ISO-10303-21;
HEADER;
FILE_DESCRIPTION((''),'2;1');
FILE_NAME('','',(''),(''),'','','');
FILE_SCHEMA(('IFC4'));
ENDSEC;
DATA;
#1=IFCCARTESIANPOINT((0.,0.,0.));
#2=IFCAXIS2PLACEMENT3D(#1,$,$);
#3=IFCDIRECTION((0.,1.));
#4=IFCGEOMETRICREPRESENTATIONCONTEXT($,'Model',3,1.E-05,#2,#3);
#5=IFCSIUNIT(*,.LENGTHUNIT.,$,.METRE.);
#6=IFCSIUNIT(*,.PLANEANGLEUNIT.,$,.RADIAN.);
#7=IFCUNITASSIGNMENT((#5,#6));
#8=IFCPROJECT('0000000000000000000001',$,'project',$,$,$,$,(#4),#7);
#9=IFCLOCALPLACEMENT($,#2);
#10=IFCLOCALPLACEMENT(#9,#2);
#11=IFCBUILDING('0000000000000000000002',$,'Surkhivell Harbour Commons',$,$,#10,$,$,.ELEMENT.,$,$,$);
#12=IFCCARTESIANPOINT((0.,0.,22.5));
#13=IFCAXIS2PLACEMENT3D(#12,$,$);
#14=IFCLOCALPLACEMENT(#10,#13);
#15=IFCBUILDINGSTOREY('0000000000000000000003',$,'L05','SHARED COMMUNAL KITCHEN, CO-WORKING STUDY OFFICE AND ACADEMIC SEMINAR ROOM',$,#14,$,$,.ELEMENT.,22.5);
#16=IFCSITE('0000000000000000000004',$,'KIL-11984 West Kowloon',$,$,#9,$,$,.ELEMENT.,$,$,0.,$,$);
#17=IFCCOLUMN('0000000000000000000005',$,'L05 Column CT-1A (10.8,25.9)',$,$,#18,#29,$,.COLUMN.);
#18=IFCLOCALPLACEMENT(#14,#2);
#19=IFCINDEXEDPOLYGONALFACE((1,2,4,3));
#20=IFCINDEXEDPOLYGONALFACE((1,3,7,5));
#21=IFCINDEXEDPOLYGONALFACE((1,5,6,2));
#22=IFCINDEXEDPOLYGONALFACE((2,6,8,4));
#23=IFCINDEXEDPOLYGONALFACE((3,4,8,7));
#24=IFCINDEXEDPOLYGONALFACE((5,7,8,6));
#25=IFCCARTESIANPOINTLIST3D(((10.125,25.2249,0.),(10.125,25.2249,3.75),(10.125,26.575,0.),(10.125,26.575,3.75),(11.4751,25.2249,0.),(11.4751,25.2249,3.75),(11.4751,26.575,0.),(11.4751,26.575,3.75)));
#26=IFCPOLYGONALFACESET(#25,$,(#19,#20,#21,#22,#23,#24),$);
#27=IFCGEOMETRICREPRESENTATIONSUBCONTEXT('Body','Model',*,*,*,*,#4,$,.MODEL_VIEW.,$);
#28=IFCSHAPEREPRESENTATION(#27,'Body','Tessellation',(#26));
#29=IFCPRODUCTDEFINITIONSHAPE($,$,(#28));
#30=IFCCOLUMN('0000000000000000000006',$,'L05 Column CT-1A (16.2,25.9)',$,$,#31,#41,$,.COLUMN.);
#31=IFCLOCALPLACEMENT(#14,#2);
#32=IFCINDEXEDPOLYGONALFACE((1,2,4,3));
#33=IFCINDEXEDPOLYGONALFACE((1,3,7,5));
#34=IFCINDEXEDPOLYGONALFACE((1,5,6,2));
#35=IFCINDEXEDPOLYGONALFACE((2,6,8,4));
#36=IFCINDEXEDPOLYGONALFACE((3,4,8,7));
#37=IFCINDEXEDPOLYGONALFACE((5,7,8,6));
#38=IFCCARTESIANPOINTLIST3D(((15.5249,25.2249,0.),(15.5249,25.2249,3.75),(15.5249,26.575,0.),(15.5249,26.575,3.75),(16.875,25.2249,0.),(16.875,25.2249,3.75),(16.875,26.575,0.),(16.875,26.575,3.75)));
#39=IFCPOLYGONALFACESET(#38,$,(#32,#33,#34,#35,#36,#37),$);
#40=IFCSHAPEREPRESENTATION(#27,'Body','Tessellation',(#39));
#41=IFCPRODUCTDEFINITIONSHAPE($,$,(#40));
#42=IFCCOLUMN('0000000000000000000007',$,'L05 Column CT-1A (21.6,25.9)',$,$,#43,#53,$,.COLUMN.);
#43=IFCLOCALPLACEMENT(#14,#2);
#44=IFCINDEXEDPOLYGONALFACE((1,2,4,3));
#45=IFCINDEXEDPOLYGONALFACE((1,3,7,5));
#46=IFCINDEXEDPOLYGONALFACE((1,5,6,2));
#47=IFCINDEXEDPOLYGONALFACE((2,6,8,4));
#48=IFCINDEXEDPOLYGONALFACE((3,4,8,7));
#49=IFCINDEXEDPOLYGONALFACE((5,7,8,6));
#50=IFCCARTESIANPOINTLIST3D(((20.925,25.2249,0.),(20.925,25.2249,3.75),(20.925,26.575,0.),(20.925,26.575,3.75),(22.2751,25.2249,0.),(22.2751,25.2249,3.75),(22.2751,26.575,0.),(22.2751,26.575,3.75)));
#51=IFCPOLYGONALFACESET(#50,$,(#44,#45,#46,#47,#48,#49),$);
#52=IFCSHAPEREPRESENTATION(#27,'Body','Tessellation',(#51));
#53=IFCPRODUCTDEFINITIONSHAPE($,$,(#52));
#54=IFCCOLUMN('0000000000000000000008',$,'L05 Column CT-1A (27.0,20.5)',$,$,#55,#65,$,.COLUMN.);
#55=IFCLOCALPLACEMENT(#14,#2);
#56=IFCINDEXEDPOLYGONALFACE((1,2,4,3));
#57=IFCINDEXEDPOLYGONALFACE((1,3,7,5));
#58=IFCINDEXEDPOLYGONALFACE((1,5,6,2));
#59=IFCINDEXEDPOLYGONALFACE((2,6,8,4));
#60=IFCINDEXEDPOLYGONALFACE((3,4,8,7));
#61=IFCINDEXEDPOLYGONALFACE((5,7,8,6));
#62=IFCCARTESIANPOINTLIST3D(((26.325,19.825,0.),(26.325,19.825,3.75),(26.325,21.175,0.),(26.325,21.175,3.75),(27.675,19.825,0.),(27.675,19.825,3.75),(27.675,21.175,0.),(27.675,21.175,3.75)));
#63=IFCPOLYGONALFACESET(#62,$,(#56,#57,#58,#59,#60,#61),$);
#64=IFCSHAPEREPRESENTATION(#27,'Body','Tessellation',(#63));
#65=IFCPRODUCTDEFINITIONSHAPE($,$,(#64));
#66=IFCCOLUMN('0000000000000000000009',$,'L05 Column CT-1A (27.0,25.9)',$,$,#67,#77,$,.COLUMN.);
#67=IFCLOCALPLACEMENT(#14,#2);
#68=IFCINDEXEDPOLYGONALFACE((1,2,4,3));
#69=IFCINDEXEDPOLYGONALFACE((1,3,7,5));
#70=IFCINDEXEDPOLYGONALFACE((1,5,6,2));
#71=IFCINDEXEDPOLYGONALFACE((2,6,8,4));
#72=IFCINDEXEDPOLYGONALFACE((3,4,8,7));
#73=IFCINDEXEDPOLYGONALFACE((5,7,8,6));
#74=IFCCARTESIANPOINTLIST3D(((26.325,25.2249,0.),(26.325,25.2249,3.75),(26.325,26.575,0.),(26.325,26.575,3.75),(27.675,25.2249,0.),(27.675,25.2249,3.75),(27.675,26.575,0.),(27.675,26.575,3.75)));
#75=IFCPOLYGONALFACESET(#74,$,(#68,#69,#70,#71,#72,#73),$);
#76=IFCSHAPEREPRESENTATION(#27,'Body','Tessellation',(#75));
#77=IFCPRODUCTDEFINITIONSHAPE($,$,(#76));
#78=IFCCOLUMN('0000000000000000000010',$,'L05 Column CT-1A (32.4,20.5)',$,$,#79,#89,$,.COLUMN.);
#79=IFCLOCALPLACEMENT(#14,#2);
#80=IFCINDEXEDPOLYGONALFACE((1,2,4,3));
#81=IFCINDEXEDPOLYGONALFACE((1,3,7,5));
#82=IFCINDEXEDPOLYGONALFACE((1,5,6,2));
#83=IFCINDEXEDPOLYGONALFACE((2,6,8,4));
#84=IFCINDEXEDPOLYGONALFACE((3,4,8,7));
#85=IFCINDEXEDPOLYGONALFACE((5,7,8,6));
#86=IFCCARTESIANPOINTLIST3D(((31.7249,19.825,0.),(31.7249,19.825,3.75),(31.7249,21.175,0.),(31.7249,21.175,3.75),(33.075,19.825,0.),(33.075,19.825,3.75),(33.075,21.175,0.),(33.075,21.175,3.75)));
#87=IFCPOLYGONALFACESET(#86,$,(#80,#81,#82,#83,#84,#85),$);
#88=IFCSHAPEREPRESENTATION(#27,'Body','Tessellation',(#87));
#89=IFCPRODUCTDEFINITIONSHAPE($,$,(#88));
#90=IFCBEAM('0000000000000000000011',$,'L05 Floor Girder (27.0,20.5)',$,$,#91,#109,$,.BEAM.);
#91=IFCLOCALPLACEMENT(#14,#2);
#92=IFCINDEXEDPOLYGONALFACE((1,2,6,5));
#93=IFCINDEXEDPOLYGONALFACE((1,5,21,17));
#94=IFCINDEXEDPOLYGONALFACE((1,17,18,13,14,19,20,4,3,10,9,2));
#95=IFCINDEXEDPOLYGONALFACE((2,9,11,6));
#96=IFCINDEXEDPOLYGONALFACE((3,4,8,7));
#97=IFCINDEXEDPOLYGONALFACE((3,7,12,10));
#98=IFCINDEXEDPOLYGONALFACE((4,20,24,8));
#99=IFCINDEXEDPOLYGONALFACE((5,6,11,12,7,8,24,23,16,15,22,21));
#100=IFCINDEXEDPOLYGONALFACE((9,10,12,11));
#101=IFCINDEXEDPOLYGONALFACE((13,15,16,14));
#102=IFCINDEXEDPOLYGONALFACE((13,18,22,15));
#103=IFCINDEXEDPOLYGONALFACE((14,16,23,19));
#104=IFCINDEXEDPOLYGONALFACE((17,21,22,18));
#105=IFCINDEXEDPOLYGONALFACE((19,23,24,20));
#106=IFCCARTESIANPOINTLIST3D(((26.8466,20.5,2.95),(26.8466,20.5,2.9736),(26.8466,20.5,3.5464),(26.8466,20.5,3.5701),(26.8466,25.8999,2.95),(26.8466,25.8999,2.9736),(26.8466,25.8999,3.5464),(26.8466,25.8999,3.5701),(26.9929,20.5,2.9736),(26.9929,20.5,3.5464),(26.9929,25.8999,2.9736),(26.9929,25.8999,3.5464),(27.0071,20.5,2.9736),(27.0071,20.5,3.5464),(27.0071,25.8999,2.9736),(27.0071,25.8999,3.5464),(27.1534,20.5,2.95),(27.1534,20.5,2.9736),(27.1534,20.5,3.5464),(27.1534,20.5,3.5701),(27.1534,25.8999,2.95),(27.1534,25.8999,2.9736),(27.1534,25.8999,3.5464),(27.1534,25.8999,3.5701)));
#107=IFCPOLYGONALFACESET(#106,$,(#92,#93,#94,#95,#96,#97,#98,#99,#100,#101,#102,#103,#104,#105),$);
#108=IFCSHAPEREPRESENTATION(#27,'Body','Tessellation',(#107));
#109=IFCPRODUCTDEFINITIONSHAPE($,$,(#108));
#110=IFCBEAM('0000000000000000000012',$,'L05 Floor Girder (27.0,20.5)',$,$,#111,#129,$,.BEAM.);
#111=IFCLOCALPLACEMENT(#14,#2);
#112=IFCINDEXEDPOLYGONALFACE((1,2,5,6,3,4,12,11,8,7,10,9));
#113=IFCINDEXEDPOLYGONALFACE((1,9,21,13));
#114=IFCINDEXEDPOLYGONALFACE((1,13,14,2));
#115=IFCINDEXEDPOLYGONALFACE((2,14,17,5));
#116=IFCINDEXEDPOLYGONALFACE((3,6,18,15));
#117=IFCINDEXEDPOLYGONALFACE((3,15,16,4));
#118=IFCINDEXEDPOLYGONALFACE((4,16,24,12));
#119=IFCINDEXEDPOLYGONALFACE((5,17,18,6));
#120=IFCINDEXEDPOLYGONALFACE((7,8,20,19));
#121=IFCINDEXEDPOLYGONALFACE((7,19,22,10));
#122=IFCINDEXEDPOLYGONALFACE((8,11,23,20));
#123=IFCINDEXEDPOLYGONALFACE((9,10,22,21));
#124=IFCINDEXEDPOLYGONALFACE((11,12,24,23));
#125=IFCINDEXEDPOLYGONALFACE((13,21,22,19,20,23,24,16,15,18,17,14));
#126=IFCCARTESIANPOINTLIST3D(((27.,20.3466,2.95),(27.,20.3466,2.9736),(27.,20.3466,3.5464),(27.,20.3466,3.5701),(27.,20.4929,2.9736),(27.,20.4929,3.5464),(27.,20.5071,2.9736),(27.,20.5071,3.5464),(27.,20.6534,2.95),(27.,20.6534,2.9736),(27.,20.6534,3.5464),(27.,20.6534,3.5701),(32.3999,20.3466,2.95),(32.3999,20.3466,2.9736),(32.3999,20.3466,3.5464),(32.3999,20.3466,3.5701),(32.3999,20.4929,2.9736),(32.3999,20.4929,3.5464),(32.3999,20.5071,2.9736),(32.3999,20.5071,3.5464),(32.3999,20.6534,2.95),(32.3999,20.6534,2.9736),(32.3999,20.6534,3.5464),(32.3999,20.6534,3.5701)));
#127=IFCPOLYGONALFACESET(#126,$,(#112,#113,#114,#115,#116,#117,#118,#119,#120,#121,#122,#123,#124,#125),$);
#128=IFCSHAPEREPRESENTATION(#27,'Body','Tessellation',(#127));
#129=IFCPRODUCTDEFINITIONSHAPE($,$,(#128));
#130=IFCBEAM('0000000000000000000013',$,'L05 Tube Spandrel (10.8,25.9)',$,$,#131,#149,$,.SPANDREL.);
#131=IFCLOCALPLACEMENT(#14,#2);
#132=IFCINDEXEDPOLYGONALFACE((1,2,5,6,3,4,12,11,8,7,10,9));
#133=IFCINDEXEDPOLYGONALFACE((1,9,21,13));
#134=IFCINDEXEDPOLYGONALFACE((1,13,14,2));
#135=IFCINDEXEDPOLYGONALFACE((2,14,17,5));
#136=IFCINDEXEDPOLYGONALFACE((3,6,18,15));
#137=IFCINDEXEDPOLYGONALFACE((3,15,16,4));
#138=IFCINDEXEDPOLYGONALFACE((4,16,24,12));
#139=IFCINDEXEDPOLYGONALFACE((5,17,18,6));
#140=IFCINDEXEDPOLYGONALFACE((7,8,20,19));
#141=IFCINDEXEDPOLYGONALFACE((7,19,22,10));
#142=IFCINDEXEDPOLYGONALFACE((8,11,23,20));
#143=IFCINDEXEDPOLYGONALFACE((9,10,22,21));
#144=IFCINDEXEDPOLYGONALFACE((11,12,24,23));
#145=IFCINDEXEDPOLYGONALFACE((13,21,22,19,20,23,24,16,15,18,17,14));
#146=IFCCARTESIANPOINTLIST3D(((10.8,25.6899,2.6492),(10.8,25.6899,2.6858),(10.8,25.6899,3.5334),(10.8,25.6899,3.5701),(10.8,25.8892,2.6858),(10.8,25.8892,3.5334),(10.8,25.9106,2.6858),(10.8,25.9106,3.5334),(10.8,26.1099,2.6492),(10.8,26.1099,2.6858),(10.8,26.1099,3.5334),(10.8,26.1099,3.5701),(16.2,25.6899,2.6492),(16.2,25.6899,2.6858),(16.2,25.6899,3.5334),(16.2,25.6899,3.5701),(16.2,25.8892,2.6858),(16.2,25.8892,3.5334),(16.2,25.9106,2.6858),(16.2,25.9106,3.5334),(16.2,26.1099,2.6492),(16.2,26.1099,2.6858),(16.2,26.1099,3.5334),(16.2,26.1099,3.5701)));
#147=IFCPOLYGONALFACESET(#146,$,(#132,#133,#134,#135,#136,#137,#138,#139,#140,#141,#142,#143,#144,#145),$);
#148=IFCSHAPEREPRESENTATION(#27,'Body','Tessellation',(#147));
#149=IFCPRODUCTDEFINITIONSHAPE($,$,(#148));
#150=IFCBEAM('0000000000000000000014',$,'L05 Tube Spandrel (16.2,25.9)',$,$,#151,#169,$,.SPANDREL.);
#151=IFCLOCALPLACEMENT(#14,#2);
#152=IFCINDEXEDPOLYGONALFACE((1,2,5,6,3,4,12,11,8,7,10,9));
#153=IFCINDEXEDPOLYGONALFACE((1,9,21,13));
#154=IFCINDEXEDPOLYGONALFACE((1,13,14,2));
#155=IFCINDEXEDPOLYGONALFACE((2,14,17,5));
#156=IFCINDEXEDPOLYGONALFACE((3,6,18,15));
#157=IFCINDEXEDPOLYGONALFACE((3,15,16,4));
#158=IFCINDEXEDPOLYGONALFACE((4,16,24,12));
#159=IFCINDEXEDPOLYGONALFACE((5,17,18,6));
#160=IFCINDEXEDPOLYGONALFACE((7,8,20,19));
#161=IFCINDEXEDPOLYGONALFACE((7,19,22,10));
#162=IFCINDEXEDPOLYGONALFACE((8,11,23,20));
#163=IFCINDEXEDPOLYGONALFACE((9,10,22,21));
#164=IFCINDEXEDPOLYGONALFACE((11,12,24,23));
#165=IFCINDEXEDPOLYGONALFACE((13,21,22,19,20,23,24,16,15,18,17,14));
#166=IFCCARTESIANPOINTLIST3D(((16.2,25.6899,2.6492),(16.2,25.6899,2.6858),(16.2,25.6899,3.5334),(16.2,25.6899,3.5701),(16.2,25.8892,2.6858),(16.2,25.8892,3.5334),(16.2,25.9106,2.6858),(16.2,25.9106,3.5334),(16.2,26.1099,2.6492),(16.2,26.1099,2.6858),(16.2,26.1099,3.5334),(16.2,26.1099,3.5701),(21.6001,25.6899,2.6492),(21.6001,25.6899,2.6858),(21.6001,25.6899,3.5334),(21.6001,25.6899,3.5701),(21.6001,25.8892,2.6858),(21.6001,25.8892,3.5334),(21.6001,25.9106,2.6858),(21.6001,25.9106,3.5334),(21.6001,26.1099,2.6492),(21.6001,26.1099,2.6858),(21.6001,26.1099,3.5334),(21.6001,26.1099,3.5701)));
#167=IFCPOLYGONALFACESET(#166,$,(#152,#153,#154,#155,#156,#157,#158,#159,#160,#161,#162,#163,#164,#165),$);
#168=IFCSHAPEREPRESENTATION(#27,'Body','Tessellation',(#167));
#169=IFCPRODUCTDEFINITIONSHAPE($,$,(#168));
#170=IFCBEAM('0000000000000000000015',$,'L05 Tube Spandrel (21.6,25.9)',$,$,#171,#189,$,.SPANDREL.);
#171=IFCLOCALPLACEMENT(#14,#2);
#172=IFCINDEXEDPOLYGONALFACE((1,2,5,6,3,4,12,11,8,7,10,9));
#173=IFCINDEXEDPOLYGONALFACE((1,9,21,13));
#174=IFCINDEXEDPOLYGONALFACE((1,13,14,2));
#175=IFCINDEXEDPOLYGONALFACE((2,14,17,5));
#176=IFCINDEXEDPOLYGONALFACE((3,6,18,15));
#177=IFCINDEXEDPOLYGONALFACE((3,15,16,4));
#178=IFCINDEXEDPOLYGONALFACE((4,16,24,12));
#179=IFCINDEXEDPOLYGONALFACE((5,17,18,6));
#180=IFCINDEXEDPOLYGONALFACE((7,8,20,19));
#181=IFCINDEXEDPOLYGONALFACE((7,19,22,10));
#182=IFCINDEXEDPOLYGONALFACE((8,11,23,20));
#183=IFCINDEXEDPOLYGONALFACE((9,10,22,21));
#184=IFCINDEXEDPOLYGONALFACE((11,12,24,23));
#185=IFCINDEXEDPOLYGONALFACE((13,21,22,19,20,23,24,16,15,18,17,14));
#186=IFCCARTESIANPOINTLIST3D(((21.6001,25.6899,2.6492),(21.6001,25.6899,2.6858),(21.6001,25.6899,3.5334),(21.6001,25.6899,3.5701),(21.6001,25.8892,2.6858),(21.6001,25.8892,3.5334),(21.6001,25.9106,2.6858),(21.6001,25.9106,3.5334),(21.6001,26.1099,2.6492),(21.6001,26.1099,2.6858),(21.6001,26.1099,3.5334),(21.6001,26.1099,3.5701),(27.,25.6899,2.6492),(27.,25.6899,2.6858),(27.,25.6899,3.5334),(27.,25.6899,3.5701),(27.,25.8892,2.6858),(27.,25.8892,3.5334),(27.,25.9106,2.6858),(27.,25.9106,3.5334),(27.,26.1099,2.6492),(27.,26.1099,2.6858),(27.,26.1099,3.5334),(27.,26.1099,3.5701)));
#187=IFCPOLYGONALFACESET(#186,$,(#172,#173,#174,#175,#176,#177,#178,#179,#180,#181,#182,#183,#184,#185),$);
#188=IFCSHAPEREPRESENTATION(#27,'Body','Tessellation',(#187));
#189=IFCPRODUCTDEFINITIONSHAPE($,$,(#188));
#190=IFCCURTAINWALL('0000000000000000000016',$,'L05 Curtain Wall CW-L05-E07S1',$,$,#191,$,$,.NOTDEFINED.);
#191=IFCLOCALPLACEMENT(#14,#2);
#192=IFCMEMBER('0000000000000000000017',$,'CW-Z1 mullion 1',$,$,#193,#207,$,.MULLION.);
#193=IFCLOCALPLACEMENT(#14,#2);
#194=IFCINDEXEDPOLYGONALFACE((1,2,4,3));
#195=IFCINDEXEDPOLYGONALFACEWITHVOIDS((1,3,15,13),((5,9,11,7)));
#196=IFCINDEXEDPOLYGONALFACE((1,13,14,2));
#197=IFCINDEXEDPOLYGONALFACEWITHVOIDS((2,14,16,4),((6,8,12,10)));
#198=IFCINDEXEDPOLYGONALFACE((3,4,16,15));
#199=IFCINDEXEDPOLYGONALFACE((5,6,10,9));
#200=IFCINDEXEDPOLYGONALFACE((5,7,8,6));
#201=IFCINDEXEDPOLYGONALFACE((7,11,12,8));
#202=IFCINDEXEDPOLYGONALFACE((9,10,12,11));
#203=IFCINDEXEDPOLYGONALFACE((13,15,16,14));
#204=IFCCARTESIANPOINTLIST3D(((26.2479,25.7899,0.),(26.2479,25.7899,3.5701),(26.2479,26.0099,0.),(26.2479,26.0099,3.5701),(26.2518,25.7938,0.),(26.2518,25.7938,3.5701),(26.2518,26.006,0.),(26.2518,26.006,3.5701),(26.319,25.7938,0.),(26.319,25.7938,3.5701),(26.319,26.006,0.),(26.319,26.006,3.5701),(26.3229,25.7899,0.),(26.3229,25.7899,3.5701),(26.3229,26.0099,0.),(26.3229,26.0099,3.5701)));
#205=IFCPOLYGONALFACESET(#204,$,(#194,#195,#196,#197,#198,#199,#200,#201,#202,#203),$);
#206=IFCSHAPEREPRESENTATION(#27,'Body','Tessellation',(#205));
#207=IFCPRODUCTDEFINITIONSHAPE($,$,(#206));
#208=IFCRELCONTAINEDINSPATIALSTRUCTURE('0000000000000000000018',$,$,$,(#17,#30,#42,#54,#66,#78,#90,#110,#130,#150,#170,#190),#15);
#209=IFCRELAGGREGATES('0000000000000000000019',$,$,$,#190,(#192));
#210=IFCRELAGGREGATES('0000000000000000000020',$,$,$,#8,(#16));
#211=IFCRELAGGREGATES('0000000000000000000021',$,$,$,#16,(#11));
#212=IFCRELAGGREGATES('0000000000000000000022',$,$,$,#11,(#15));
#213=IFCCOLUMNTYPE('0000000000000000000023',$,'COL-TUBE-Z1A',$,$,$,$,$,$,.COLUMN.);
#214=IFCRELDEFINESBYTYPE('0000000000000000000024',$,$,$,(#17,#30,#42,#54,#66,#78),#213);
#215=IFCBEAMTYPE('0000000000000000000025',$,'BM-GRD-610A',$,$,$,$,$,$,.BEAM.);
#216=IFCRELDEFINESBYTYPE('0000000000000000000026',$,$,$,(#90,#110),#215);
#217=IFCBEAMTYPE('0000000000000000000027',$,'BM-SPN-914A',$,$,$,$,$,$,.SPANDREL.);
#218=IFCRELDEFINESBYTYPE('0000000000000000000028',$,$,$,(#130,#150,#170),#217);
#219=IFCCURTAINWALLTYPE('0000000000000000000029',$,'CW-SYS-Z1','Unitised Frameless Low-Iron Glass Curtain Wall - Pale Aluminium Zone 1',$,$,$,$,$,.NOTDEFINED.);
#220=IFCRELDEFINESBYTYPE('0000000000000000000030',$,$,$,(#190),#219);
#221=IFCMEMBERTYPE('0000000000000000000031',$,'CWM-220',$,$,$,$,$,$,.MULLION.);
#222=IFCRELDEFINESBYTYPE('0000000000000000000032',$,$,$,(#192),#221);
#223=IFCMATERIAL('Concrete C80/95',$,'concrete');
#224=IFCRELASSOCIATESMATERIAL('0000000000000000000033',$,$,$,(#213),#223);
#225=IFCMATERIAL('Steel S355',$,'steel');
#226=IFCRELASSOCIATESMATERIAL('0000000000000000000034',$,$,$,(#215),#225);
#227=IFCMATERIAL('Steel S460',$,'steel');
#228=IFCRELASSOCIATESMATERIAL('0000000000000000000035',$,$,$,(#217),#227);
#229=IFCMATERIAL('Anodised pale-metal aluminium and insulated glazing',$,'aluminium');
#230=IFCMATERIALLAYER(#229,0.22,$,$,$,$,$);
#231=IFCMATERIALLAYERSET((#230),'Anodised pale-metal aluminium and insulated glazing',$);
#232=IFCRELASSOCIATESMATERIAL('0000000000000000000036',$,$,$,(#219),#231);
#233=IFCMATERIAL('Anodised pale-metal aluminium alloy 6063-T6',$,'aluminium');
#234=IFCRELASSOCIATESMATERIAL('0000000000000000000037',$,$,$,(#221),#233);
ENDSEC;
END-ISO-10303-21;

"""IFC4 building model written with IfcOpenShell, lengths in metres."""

from ifc_helpers import new_model, si_unit, direction, frame, origin, origin_2d, place, context, subcontext, project, spatial, rectangle, hollow_rectangle, i_section, extrude, material, layer, layer_set, material_profile, profile_set, type_object, element, aggregate, save


model = new_model("IFC4")

# Units and contexts
model_context = context("Model", 3, precision=1e-05, world=origin(), true_north=direction((0.0, 1.0)))
body_context = subcontext(model_context, "Body", "Model", "MODEL_VIEW")
ifc_project = project(units=[si_unit("LENGTHUNIT", "METRE"), si_unit("PLANEANGLEUNIT", "RADIAN")], contexts=[model_context])

# Site, building, storey
site_placement = place(None, origin())
site = spatial("IfcSite", under=ifc_project, at=site_placement, Name="KIL-11984 West Kowloon", CompositionType="ELEMENT", RefElevation=0.0)
building_placement = place(site_placement, origin())
building = spatial("IfcBuilding", under=site, at=building_placement, Name="Surkhivell Harbour Commons", CompositionType="ELEMENT")
storey_placement = place(building_placement, frame((0.0, 0.0, 22.5)))
storey = spatial("IfcBuildingStorey", under=building, at=storey_placement, Name="L05", Description="SHARED COMMUNAL KITCHEN, CO-WORKING STUDY OFFICE AND ACADEMIC SEMINAR ROOM", CompositionType="ELEMENT", Elevation=22.5)

# Columns
ifc_material_1 = material(Name="Concrete C80/95", Category="concrete")
ifc_material_profile_1 = material_profile(ifc_material_1, rectangle(XDim=1.3501, YDim=1.3501, at=origin_2d()), Name="RC-COL-1350x1350")
ifc_profile_set_1 = profile_set([ifc_material_profile_1], Name="Concrete C80/95")
column_type = type_object("IfcColumnType", Name="COL-TUBE-Z1A", PredefinedType="COLUMN", material=ifc_profile_set_1)
for number, where, z_axis, x_axis, name in (
    (1, (10.8, 25.8999, 0.0), (0.0, 0.0, 1.0), (1.0, 0.0, 0.0), "L05 Column CT-1A (10.8,25.9)"),
    (2, (16.2, 25.8999, 0.0), (0.0, 0.0, 1.0), (1.0, 0.0, 0.0), "L05 Column CT-1A (16.2,25.9)"),
    (3, (21.6001, 25.8999, 0.0), (0.0, 0.0, 1.0), (1.0, 0.0, 0.0), "L05 Column CT-1A (21.6,25.9)"),
    (4, (27.0, 20.5, 0.0), (0.0, 0.0, 1.0), (1.0, 0.0, 0.0), "L05 Column CT-1A (27.0,20.5)"),
    (5, (27.0, 25.8999, 0.0), (0.0, 0.0, 1.0), (1.0, 0.0, 0.0), "L05 Column CT-1A (27.0,25.9)"),
    (6, (32.3999, 20.5, 0.0), (0.0, 0.0, 1.0), (1.0, 0.0, 0.0), "L05 Column CT-1A (32.4,20.5)"),
):
    element("IfcColumn", number, at=place(storey_placement, frame(where, z_axis=z_axis, x_axis=x_axis)), inside=storey, type_object=column_type, Name=name, PredefinedType="COLUMN", context=body_context, shape_type="SweptSolid", body=[
        extrude(rectangle(XDim=1.3501, YDim=1.3501, at=origin_2d()), origin(), (0.0, 0.0, 1.0), 3.75),
    ])

# Beams
ifc_material_2 = material(Name="Steel S355", Category="steel")
ifc_material_profile_2 = material_profile(ifc_material_2, i_section(OverallWidth=0.3069, OverallDepth=0.6201, WebThickness=0.0142, FlangeThickness=0.0237, at=origin_2d()), Name="UB610x305x179")
ifc_profile_set_2 = profile_set([ifc_material_profile_2], Name="Steel S355")
beam_type_1 = type_object("IfcBeamType", Name="BM-GRD-610A", PredefinedType="BEAM", material=ifc_profile_set_2)
for number, where, z_axis, x_axis, name in (
    (7, (27.0, 20.5, 3.26), (0.0, 1.0, 0.0), (-1.0, 0.0, 0.0), "L05 Floor Girder (27.0,20.5)"),
    (8, (27.0, 20.5, 3.26), (1.0, 0.0, 0.0), (0.0, 1.0, 0.0), "L05 Floor Girder (27.0,20.5)"),
):
    element("IfcBeam", number, at=place(storey_placement, frame(where, z_axis=z_axis, x_axis=x_axis)), inside=storey, type_object=beam_type_1, Name=name, PredefinedType="BEAM", context=body_context, shape_type="SweptSolid", body=[
        extrude(i_section(OverallWidth=0.3069, OverallDepth=0.6201, WebThickness=0.0142, FlangeThickness=0.0237, at=origin_2d()), origin(), (0.0, 0.0, 1.0), 5.3999),
    ])
ifc_material_3 = material(Name="Steel S460", Category="steel")
ifc_material_profile_3 = material_profile(ifc_material_3, i_section(OverallWidth=0.4199, OverallDepth=0.9209, WebThickness=0.0215, FlangeThickness=0.0366, at=origin_2d()), Name="UB914x419x388")
ifc_profile_set_3 = profile_set([ifc_material_profile_3], Name="Steel S460")
beam_type_2 = type_object("IfcBeamType", Name="BM-SPN-914A", PredefinedType="SPANDREL", material=ifc_profile_set_3)
beam_1_placement = place(storey_placement, frame((10.8, 25.8999, 3.1096), z_axis=(1.0, 0.0, 0.0), x_axis=(0.0, 1.0, 0.0)))
element("IfcBeam", 9, at=beam_1_placement, inside=storey, type_object=beam_type_2, Name="L05 Tube Spandrel (10.8,25.9)", PredefinedType="SPANDREL", context=body_context, shape_type="SweptSolid", body=[
    extrude(i_section(OverallWidth=0.4199, OverallDepth=0.9209, WebThickness=0.0215, FlangeThickness=0.0366, at=origin_2d()), origin(), (0.0, 0.0, 1.0), 5.3999),
])
beam_2_placement = place(storey_placement, frame((16.2, 25.8999, 3.1096), z_axis=(1.0, 0.0, 0.0), x_axis=(0.0, 1.0, 0.0)))
element("IfcBeam", 10, at=beam_2_placement, inside=storey, type_object=beam_type_2, Name="L05 Tube Spandrel (16.2,25.9)", PredefinedType="SPANDREL", context=body_context, shape_type="SweptSolid", body=[
    extrude(i_section(OverallWidth=0.4199, OverallDepth=0.9209, WebThickness=0.0215, FlangeThickness=0.0366, at=origin_2d()), origin(), (0.0, 0.0, 1.0), 5.4001),
])
beam_3_placement = place(storey_placement, frame((21.6001, 25.8999, 3.1096), z_axis=(1.0, 0.0, 0.0), x_axis=(0.0, 1.0, 0.0)))
element("IfcBeam", 11, at=beam_3_placement, inside=storey, type_object=beam_type_2, Name="L05 Tube Spandrel (21.6,25.9)", PredefinedType="SPANDREL", context=body_context, shape_type="SweptSolid", body=[
    extrude(i_section(OverallWidth=0.4199, OverallDepth=0.9209, WebThickness=0.0215, FlangeThickness=0.0366, at=origin_2d()), origin(), (0.0, 0.0, 1.0), 5.3999),
])

# Curtain wall, member
ifc_material_4 = material(Name="Anodised pale-metal aluminium and insulated glazing", Category="aluminium")
ifc_layer_1 = layer(ifc_material_4, 0.22)
ifc_layer_set_1 = layer_set([ifc_layer_1], Name="Anodised pale-metal aluminium and insulated glazing")
curtain_wall_type = type_object("IfcCurtainWallType", Name="CW-SYS-Z1", Description="Unitised Frameless Low-Iron Glass Curtain Wall - Pale Aluminium Zone 1", PredefinedType="NOTDEFINED", material=ifc_layer_set_1)
curtain_wall_placement = place(storey_placement, origin())
curtain_wall = element("IfcCurtainWall", 12, at=curtain_wall_placement, inside=storey, type_object=curtain_wall_type, Name="L05 Curtain Wall CW-L05-E07S1", PredefinedType="NOTDEFINED")
ifc_material_5 = material(Name="Anodised pale-metal aluminium alloy 6063-T6", Category="aluminium")
ifc_material_profile_4 = material_profile(ifc_material_5, hollow_rectangle(XDim=0.075, YDim=0.22, WallThickness=0.0039, at=origin_2d()), Name="ALU-MULL-75x220")
ifc_profile_set_4 = profile_set([ifc_material_profile_4], Name="Anodised pale-metal aluminium alloy 6063-T6")
member_type_1 = type_object("IfcMemberType", Name="CWM-220", PredefinedType="MULLION", material=ifc_profile_set_4)
member_1_placement = place(storey_placement, frame((26.2854, 25.8999, 0.0), z_axis=(0.0, 0.0, 1.0), x_axis=(-1.0, 0.0, 0.0)))
member_1 = element("IfcMember", 13, at=member_1_placement, type_object=member_type_1, Name="CW-Z1 mullion 1", PredefinedType="MULLION", context=body_context, shape_type="SweptSolid", body=[
    extrude(hollow_rectangle(XDim=0.075, YDim=0.22, WallThickness=0.0039, at=origin_2d()), origin(), (0.0, 0.0, 1.0), 3.5701),
])
aggregate(curtain_wall, [member_1])

save(model, "model.ifc")
